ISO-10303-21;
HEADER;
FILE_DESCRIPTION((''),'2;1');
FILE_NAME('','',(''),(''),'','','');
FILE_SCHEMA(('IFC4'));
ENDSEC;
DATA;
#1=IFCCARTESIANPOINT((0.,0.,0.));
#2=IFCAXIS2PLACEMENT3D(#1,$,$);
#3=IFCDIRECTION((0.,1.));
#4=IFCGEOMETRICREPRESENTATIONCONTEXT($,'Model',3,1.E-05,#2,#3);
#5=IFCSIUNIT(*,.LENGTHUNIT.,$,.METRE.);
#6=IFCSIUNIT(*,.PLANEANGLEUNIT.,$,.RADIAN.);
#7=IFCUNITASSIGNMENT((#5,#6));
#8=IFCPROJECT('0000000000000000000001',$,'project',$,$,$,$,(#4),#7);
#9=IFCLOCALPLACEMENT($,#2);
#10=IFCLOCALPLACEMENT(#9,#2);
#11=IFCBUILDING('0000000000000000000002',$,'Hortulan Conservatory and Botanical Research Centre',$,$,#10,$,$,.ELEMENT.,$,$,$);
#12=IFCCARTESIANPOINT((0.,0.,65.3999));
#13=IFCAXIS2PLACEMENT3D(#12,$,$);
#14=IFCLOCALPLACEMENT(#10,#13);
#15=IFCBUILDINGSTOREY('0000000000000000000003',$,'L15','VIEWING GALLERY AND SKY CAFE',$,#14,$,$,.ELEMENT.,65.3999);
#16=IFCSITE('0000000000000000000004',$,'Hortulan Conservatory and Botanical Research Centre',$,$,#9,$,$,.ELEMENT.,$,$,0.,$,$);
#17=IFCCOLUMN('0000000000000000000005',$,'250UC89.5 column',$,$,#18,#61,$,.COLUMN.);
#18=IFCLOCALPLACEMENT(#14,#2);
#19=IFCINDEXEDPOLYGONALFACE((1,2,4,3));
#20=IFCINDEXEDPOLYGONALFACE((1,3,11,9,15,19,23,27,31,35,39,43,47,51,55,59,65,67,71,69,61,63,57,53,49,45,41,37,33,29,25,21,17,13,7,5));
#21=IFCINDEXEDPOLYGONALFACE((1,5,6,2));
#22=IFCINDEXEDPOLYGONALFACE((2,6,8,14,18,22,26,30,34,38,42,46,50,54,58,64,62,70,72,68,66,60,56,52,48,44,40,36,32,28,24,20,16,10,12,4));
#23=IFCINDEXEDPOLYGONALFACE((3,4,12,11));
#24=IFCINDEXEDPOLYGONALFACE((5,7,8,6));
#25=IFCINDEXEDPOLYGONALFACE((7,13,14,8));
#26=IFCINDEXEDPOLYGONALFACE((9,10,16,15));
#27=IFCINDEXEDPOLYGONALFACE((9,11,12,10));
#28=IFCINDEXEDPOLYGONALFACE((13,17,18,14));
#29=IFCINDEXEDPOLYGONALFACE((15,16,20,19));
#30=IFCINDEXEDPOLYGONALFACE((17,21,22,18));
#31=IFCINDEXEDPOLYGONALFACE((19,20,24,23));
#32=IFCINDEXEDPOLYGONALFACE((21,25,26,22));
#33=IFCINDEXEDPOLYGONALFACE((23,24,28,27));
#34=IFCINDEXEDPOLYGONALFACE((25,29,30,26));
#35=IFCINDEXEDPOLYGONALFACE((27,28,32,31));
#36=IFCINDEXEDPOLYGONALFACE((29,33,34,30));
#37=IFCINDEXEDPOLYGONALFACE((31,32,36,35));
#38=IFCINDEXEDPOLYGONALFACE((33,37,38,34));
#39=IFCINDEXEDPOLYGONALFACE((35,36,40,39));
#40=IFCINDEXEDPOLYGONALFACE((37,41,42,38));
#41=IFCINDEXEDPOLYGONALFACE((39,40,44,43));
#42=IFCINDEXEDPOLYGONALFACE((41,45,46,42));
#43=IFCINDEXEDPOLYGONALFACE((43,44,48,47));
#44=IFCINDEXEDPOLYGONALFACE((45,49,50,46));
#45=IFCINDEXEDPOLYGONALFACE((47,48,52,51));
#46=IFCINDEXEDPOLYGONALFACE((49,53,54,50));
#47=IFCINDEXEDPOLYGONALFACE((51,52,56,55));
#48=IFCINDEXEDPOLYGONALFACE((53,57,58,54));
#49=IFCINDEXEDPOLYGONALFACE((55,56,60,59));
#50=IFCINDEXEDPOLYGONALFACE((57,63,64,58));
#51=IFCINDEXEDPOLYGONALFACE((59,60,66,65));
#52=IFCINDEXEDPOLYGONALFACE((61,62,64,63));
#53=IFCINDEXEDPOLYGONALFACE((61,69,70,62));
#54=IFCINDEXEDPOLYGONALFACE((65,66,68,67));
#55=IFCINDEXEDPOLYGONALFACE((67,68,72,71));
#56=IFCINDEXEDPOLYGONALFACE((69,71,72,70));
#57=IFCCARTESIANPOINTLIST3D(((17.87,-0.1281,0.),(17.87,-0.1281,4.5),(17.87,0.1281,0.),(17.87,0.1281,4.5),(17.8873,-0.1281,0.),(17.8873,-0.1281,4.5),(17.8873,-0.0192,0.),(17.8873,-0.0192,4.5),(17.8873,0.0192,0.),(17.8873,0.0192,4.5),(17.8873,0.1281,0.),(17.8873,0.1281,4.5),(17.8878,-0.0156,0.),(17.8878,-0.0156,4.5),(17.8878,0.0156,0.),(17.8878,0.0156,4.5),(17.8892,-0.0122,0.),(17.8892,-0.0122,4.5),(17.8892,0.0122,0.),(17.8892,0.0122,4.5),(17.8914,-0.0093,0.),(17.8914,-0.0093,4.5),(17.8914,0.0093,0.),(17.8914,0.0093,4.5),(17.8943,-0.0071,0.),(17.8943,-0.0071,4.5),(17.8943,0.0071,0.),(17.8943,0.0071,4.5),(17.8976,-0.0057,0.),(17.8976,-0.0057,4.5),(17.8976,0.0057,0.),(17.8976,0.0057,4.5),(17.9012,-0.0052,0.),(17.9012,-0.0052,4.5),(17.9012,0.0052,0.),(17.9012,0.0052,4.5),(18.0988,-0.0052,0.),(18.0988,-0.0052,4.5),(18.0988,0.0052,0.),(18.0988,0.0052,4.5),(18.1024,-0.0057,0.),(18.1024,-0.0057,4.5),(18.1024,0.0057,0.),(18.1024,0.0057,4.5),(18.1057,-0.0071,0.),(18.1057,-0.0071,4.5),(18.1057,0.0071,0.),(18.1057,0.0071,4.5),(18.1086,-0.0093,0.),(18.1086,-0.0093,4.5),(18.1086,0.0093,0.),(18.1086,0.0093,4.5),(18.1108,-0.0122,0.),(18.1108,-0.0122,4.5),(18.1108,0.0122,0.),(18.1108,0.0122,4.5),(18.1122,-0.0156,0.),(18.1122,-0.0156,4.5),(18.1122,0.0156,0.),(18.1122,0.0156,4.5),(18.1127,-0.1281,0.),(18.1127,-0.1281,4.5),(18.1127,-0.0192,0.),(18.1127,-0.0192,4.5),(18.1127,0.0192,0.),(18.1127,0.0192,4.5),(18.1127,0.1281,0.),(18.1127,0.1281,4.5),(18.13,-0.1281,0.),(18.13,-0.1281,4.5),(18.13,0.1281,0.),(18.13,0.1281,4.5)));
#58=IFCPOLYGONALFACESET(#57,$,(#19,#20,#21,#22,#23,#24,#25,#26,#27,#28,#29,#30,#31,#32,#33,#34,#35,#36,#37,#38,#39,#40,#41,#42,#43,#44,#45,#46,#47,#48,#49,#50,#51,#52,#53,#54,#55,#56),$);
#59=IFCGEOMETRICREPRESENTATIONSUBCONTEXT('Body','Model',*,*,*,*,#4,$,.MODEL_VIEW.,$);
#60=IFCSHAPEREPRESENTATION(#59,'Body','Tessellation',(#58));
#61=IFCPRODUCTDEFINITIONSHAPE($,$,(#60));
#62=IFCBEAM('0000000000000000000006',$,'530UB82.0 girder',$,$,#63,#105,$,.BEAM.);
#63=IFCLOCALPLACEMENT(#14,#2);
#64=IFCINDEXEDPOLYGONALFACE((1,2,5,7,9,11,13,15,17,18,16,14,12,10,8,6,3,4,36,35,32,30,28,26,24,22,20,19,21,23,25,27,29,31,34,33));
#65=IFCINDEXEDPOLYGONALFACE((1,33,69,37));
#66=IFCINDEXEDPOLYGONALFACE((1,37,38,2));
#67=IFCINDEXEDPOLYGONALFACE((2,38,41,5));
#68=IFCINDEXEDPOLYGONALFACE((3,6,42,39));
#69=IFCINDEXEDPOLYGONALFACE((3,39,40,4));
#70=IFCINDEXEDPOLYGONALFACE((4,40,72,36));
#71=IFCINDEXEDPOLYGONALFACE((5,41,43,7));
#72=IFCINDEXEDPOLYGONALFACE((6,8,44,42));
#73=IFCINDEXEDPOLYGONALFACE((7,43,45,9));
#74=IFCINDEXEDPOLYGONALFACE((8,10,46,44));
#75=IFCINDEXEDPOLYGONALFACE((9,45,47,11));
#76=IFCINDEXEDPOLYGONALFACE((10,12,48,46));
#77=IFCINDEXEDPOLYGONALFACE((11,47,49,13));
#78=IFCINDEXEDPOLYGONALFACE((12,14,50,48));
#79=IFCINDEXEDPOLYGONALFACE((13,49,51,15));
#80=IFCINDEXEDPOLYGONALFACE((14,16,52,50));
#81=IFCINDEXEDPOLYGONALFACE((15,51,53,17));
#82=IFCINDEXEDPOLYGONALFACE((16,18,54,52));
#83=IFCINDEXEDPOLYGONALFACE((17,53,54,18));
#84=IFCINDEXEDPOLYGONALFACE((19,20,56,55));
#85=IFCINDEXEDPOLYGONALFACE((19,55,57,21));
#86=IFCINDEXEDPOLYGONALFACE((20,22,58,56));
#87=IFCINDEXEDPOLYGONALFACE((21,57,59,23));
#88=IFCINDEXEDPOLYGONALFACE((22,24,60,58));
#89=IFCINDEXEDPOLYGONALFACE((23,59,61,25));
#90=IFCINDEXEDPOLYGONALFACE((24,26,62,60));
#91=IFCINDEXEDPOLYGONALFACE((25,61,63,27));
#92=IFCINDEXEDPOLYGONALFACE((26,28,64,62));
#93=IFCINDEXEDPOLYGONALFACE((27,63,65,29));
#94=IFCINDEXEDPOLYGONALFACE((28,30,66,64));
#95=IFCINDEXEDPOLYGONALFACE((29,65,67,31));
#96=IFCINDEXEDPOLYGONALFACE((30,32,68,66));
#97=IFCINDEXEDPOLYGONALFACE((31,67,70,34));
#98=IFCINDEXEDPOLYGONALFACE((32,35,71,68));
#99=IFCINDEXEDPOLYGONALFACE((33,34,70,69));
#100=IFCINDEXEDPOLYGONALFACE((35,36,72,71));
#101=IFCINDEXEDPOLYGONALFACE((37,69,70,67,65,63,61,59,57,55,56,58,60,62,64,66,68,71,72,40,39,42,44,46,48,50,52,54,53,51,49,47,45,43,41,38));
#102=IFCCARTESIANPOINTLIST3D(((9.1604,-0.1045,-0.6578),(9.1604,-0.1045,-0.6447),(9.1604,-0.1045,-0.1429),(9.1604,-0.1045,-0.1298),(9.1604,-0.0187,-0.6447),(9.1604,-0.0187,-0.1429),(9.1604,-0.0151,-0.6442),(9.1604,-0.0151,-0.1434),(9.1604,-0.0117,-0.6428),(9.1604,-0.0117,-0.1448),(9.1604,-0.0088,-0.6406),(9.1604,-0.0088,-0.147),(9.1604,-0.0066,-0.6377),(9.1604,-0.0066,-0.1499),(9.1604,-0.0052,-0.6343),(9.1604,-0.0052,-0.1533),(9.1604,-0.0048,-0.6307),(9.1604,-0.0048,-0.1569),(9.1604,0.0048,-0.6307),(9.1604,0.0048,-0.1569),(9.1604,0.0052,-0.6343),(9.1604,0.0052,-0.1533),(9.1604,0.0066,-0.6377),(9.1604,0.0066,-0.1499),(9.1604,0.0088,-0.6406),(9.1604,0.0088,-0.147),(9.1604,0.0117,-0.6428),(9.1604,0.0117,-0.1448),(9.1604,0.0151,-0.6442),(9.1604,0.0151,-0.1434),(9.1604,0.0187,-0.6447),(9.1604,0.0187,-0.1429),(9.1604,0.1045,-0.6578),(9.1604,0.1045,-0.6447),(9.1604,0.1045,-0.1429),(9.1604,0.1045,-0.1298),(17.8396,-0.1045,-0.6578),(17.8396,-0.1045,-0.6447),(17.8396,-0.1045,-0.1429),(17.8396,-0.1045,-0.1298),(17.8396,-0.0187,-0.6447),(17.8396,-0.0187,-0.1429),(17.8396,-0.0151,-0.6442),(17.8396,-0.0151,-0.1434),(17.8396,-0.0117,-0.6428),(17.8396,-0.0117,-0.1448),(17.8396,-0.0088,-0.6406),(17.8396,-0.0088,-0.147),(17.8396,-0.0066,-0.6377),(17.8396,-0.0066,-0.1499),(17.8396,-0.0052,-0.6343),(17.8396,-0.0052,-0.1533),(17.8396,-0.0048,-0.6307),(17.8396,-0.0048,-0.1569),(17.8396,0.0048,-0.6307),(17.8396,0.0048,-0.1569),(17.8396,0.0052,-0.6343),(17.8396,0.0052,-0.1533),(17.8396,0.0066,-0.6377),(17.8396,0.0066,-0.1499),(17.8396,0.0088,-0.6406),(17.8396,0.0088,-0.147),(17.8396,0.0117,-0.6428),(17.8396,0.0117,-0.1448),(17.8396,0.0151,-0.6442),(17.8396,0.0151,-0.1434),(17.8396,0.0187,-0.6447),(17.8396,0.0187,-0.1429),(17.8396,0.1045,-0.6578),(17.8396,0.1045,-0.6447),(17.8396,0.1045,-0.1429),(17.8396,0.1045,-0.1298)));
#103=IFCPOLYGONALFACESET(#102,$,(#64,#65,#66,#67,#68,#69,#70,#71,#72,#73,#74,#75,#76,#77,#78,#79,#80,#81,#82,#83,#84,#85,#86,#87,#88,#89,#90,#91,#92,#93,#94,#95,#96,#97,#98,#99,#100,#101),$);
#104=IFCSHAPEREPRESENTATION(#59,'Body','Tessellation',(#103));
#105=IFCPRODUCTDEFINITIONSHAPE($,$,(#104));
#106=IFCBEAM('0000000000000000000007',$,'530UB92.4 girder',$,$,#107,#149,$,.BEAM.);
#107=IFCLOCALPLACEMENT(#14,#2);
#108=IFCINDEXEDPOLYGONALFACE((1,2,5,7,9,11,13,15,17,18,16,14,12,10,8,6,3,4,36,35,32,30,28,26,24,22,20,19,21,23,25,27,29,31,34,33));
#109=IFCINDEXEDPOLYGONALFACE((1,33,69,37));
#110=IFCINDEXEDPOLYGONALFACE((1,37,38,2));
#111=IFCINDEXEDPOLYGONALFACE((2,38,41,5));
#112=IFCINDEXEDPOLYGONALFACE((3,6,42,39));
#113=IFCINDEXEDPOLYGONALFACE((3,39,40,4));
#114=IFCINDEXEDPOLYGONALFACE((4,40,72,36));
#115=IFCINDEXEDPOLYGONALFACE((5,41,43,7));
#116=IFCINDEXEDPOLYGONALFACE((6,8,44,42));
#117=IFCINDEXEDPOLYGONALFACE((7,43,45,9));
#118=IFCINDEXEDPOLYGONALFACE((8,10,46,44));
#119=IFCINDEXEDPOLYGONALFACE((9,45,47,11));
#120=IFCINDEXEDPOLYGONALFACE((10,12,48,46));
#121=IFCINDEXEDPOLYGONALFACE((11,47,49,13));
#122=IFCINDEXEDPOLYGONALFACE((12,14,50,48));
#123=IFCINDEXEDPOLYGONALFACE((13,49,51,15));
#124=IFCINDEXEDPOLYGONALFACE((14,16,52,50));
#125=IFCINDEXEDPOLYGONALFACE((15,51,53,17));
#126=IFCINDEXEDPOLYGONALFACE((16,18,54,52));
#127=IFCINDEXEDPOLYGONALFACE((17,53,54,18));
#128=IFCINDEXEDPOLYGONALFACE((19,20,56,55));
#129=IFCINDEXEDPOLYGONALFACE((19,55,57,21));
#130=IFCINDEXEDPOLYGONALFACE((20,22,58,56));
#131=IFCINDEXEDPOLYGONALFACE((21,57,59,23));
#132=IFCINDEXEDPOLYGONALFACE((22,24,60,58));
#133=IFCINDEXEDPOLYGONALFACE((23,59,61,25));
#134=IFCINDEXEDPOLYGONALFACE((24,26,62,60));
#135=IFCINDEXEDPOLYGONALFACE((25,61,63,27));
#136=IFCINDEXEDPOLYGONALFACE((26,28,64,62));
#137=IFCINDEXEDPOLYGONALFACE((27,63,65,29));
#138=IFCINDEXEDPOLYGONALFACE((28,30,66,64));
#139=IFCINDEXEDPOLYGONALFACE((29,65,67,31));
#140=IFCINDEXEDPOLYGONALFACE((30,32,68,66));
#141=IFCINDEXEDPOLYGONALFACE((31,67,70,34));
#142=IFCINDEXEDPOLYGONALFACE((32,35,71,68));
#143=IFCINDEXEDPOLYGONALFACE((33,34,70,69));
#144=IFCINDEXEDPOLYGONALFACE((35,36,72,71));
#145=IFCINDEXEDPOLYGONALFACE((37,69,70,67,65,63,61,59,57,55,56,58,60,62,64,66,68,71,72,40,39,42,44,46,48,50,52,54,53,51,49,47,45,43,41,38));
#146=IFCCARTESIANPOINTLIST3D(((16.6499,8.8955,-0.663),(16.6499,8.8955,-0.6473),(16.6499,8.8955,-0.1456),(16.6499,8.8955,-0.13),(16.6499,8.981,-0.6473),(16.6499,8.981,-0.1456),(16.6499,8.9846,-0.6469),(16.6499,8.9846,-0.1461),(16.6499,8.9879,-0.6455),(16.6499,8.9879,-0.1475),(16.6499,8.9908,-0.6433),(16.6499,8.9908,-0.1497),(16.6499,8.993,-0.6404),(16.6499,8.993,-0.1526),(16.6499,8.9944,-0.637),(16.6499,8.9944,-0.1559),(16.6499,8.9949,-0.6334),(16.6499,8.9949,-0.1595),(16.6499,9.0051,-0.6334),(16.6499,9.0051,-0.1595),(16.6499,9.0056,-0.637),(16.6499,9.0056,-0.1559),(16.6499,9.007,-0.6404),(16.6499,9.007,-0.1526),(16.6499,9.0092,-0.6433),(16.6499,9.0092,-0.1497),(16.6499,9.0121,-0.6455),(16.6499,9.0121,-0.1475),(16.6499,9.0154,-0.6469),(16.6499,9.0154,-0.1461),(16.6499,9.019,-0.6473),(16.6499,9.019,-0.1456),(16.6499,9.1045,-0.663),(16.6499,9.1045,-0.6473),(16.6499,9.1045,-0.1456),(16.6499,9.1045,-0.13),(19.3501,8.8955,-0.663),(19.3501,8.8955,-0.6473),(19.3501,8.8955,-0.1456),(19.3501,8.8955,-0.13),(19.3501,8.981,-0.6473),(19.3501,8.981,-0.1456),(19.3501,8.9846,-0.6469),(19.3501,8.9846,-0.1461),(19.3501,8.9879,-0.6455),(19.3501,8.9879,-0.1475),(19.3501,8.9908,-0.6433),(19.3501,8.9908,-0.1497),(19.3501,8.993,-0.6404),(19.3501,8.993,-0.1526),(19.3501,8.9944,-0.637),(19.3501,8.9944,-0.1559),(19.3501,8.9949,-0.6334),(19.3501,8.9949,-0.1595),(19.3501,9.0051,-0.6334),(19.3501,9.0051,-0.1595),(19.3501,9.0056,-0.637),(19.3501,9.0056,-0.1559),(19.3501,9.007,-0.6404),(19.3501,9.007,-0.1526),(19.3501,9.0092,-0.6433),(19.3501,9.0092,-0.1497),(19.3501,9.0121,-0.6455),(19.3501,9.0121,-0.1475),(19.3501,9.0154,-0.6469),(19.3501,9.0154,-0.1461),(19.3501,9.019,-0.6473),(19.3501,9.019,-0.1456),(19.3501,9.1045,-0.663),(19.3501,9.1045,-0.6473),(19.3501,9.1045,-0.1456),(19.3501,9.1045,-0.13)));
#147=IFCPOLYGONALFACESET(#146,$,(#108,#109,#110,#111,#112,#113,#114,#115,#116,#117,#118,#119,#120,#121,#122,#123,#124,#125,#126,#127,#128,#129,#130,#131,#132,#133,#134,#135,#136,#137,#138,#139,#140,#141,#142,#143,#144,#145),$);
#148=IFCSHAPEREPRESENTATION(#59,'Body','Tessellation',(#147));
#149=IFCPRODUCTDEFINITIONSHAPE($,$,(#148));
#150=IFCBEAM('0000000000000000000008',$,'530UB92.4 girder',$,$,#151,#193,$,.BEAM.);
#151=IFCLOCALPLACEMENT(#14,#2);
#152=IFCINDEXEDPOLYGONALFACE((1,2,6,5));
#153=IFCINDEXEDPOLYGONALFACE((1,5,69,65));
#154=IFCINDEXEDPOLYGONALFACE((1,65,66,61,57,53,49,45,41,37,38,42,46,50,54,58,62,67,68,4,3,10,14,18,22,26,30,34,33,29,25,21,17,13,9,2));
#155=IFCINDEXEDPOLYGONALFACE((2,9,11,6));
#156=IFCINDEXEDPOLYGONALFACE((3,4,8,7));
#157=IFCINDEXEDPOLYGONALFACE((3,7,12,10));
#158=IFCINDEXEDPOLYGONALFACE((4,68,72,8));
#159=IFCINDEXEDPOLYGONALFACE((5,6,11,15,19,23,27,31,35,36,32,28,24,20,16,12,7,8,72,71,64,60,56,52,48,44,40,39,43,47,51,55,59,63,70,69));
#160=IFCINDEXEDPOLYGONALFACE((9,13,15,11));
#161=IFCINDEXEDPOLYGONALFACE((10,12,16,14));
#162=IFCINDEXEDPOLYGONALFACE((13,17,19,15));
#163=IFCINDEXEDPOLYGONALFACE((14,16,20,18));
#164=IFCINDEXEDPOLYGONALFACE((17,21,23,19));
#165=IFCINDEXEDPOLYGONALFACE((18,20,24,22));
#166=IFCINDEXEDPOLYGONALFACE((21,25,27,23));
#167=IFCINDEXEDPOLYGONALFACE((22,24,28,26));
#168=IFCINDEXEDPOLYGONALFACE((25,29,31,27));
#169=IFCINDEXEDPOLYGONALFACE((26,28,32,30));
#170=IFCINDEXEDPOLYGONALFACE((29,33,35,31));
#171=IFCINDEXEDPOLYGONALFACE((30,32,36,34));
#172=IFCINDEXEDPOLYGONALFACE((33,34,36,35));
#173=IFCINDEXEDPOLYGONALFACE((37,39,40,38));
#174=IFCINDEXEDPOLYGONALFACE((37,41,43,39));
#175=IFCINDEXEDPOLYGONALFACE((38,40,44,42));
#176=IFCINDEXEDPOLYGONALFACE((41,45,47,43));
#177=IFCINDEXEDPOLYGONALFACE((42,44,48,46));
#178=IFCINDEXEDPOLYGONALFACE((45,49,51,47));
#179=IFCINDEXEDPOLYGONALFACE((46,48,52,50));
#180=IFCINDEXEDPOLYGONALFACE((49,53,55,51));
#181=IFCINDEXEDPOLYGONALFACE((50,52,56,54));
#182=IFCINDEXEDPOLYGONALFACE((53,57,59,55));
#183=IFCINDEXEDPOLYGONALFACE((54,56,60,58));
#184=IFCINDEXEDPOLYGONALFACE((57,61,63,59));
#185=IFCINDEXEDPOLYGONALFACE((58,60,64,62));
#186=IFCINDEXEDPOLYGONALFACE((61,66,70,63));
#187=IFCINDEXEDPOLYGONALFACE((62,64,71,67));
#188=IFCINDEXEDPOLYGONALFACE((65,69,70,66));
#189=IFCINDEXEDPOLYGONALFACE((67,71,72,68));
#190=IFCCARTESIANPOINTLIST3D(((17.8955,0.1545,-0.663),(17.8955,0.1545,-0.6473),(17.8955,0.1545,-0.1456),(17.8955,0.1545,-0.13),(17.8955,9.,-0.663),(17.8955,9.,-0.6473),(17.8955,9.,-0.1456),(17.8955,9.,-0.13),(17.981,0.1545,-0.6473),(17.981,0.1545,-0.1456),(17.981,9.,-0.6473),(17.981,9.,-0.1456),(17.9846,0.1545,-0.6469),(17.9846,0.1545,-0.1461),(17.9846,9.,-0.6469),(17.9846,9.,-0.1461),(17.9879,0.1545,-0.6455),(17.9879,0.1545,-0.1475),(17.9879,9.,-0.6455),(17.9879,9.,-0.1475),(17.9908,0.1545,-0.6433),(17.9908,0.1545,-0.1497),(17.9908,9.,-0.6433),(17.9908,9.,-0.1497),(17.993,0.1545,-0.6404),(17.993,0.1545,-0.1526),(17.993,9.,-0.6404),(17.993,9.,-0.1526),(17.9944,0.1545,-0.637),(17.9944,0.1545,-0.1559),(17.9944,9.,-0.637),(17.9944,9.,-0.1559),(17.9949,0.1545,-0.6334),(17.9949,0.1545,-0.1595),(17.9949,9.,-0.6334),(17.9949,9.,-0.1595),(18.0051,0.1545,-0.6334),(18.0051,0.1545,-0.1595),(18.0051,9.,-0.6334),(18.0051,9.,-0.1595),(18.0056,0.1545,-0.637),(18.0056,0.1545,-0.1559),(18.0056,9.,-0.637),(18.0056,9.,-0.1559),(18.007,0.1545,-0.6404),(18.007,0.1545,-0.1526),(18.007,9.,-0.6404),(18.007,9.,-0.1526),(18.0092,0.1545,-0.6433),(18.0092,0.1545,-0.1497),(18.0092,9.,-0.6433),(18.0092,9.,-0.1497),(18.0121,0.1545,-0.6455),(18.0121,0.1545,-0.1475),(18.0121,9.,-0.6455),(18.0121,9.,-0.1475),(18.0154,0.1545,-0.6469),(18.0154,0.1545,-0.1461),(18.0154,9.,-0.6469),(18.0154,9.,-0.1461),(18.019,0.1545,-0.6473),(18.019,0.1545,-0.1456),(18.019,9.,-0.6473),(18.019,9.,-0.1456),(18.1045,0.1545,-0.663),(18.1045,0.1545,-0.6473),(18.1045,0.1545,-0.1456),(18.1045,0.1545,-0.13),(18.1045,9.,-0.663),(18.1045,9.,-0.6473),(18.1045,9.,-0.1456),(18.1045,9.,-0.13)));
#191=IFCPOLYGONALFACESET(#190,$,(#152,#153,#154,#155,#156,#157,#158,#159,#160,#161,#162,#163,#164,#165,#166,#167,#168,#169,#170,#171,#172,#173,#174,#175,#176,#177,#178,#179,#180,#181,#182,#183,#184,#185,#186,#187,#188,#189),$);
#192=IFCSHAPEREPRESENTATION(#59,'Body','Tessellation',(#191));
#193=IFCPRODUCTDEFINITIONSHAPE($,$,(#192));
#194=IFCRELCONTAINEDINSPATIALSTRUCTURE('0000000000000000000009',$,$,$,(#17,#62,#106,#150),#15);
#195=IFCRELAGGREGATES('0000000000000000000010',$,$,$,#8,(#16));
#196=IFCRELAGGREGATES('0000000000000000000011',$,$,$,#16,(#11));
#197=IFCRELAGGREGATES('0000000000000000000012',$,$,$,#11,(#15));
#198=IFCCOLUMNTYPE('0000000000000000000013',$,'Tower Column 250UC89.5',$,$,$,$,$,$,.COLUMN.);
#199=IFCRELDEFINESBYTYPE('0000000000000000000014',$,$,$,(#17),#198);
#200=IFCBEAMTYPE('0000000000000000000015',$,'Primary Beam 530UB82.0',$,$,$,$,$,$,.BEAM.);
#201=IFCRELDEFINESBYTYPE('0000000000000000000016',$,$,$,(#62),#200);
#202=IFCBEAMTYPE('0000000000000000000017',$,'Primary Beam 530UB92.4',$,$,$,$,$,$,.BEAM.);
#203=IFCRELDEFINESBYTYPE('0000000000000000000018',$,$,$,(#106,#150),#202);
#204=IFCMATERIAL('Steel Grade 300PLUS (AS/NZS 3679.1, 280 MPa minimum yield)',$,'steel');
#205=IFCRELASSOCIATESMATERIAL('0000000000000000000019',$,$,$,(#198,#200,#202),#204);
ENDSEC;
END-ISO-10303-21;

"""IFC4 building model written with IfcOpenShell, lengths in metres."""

from ifc_helpers import new_model, si_unit, direction, frame, origin, origin_2d, place, context, subcontext, project, spatial, i_section, extrude, material, material_profile, profile_set, type_object, element, save


model = new_model("IFC4")

# Units and contexts
model_context = context("Model", 3, precision=1e-05, world=origin(), true_north=direction((0.0, 1.0)))
body_context = subcontext(model_context, "Body", "Model", "MODEL_VIEW")
ifc_project = project(units=[si_unit("LENGTHUNIT", "METRE"), si_unit("PLANEANGLEUNIT", "RADIAN")], contexts=[model_context])

# Site, building, storey
site_placement = place(None, origin())
site = spatial("IfcSite", under=ifc_project, at=site_placement, Name="Hortulan Conservatory and Botanical Research Centre", CompositionType="ELEMENT", RefElevation=0.0)
building_placement = place(site_placement, origin())
building = spatial("IfcBuilding", under=site, at=building_placement, Name="Hortulan Conservatory and Botanical Research Centre", CompositionType="ELEMENT")
storey_placement = place(building_placement, frame((0.0, 0.0, 65.3999)))
storey = spatial("IfcBuildingStorey", under=building, at=storey_placement, Name="L15", Description="VIEWING GALLERY AND SKY CAFE", CompositionType="ELEMENT", Elevation=65.3999)

# Column
ifc_material_1 = material(Name="Steel Grade 300PLUS (AS/NZS 3679.1, 280 MPa minimum yield)", Category="steel")
ifc_material_profile_1 = material_profile(ifc_material_1, i_section(OverallWidth=0.2561, OverallDepth=0.26, WebThickness=0.0105, FlangeThickness=0.0173, FilletRadius=0.0139, at=origin_2d()), Name="250UC89.5")
ifc_profile_set_1 = profile_set([ifc_material_profile_1], Name="Steel Grade 300PLUS (AS/NZS 3679.1, 280 MPa minimum yield)")
column_type = type_object("IfcColumnType", Name="Tower Column 250UC89.5", PredefinedType="COLUMN", material=ifc_profile_set_1)
column_placement = place(storey_placement, frame((18.0, 0.0, 0.0), z_axis=(0.0, 0.0, 1.0), x_axis=(0.0, 1.0, 0.0)))
element("IfcColumn", 1, at=column_placement, inside=storey, type_object=column_type, Name="250UC89.5 column", PredefinedType="COLUMN", context=body_context, shape_type="SweptSolid", body=[
    extrude(i_section(OverallWidth=0.2561, OverallDepth=0.26, WebThickness=0.0105, FlangeThickness=0.0173, FilletRadius=0.0139, at=origin_2d()), origin(), (0.0, 0.0, 1.0), 4.5),
])

# Beams
ifc_material_profile_2 = material_profile(ifc_material_1, i_section(OverallWidth=0.209, OverallDepth=0.5281, WebThickness=0.0095, FlangeThickness=0.0132, FilletRadius=0.0139, at=origin_2d()), Name="530UB82.0")
ifc_profile_set_2 = profile_set([ifc_material_profile_2], Name="Steel Grade 300PLUS (AS/NZS 3679.1, 280 MPa minimum yield)")
beam_type_1 = type_object("IfcBeamType", Name="Primary Beam 530UB82.0", PredefinedType="BEAM", material=ifc_profile_set_2)
beam_1_placement = place(storey_placement, frame((9.1604, 0.0, -0.3938), z_axis=(1.0, 0.0, 0.0), x_axis=(0.0, 1.0, 0.0)))
element("IfcBeam", 2, at=beam_1_placement, inside=storey, type_object=beam_type_1, Name="530UB82.0 girder", PredefinedType="BEAM", context=body_context, shape_type="SweptSolid", body=[
    extrude(i_section(OverallWidth=0.209, OverallDepth=0.5281, WebThickness=0.0095, FlangeThickness=0.0132, FilletRadius=0.0139, at=origin_2d()), origin(), (0.0, 0.0, 1.0), 8.6792),
])
ifc_material_profile_3 = material_profile(ifc_material_1, i_section(OverallWidth=0.209, OverallDepth=0.533, WebThickness=0.0103, FlangeThickness=0.0156, FilletRadius=0.0139, at=origin_2d()), Name="530UB92.4")
ifc_profile_set_3 = profile_set([ifc_material_profile_3], Name="Steel Grade 300PLUS (AS/NZS 3679.1, 280 MPa minimum yield)")
beam_type_2 = type_object("IfcBeamType", Name="Primary Beam 530UB92.4", PredefinedType="BEAM", material=ifc_profile_set_3)
beam_2_placement = place(storey_placement, frame((16.6499, 9.0, -0.3965), z_axis=(1.0, 0.0, 0.0), x_axis=(0.0, 1.0, 0.0)))
element("IfcBeam", 3, at=beam_2_placement, inside=storey, type_object=beam_type_2, Name="530UB92.4 girder", PredefinedType="BEAM", context=body_context, shape_type="SweptSolid", body=[
    extrude(i_section(OverallWidth=0.209, OverallDepth=0.533, WebThickness=0.0103, FlangeThickness=0.0156, FilletRadius=0.0139, at=origin_2d()), origin(), (0.0, 0.0, 1.0), 2.7002),
])
beam_3_placement = place(storey_placement, frame((18.0, 0.1545, -0.3965), z_axis=(0.0, 1.0, 0.0), x_axis=(-1.0, 0.0, 0.0)))
element("IfcBeam", 4, at=beam_3_placement, inside=storey, type_object=beam_type_2, Name="530UB92.4 girder", PredefinedType="BEAM", context=body_context, shape_type="SweptSolid", body=[
    extrude(i_section(OverallWidth=0.209, OverallDepth=0.533, WebThickness=0.0103, FlangeThickness=0.0156, FilletRadius=0.0139, at=origin_2d()), origin(), (0.0, 0.0, 1.0), 8.8455),
])

save(model, "model.ifc")
